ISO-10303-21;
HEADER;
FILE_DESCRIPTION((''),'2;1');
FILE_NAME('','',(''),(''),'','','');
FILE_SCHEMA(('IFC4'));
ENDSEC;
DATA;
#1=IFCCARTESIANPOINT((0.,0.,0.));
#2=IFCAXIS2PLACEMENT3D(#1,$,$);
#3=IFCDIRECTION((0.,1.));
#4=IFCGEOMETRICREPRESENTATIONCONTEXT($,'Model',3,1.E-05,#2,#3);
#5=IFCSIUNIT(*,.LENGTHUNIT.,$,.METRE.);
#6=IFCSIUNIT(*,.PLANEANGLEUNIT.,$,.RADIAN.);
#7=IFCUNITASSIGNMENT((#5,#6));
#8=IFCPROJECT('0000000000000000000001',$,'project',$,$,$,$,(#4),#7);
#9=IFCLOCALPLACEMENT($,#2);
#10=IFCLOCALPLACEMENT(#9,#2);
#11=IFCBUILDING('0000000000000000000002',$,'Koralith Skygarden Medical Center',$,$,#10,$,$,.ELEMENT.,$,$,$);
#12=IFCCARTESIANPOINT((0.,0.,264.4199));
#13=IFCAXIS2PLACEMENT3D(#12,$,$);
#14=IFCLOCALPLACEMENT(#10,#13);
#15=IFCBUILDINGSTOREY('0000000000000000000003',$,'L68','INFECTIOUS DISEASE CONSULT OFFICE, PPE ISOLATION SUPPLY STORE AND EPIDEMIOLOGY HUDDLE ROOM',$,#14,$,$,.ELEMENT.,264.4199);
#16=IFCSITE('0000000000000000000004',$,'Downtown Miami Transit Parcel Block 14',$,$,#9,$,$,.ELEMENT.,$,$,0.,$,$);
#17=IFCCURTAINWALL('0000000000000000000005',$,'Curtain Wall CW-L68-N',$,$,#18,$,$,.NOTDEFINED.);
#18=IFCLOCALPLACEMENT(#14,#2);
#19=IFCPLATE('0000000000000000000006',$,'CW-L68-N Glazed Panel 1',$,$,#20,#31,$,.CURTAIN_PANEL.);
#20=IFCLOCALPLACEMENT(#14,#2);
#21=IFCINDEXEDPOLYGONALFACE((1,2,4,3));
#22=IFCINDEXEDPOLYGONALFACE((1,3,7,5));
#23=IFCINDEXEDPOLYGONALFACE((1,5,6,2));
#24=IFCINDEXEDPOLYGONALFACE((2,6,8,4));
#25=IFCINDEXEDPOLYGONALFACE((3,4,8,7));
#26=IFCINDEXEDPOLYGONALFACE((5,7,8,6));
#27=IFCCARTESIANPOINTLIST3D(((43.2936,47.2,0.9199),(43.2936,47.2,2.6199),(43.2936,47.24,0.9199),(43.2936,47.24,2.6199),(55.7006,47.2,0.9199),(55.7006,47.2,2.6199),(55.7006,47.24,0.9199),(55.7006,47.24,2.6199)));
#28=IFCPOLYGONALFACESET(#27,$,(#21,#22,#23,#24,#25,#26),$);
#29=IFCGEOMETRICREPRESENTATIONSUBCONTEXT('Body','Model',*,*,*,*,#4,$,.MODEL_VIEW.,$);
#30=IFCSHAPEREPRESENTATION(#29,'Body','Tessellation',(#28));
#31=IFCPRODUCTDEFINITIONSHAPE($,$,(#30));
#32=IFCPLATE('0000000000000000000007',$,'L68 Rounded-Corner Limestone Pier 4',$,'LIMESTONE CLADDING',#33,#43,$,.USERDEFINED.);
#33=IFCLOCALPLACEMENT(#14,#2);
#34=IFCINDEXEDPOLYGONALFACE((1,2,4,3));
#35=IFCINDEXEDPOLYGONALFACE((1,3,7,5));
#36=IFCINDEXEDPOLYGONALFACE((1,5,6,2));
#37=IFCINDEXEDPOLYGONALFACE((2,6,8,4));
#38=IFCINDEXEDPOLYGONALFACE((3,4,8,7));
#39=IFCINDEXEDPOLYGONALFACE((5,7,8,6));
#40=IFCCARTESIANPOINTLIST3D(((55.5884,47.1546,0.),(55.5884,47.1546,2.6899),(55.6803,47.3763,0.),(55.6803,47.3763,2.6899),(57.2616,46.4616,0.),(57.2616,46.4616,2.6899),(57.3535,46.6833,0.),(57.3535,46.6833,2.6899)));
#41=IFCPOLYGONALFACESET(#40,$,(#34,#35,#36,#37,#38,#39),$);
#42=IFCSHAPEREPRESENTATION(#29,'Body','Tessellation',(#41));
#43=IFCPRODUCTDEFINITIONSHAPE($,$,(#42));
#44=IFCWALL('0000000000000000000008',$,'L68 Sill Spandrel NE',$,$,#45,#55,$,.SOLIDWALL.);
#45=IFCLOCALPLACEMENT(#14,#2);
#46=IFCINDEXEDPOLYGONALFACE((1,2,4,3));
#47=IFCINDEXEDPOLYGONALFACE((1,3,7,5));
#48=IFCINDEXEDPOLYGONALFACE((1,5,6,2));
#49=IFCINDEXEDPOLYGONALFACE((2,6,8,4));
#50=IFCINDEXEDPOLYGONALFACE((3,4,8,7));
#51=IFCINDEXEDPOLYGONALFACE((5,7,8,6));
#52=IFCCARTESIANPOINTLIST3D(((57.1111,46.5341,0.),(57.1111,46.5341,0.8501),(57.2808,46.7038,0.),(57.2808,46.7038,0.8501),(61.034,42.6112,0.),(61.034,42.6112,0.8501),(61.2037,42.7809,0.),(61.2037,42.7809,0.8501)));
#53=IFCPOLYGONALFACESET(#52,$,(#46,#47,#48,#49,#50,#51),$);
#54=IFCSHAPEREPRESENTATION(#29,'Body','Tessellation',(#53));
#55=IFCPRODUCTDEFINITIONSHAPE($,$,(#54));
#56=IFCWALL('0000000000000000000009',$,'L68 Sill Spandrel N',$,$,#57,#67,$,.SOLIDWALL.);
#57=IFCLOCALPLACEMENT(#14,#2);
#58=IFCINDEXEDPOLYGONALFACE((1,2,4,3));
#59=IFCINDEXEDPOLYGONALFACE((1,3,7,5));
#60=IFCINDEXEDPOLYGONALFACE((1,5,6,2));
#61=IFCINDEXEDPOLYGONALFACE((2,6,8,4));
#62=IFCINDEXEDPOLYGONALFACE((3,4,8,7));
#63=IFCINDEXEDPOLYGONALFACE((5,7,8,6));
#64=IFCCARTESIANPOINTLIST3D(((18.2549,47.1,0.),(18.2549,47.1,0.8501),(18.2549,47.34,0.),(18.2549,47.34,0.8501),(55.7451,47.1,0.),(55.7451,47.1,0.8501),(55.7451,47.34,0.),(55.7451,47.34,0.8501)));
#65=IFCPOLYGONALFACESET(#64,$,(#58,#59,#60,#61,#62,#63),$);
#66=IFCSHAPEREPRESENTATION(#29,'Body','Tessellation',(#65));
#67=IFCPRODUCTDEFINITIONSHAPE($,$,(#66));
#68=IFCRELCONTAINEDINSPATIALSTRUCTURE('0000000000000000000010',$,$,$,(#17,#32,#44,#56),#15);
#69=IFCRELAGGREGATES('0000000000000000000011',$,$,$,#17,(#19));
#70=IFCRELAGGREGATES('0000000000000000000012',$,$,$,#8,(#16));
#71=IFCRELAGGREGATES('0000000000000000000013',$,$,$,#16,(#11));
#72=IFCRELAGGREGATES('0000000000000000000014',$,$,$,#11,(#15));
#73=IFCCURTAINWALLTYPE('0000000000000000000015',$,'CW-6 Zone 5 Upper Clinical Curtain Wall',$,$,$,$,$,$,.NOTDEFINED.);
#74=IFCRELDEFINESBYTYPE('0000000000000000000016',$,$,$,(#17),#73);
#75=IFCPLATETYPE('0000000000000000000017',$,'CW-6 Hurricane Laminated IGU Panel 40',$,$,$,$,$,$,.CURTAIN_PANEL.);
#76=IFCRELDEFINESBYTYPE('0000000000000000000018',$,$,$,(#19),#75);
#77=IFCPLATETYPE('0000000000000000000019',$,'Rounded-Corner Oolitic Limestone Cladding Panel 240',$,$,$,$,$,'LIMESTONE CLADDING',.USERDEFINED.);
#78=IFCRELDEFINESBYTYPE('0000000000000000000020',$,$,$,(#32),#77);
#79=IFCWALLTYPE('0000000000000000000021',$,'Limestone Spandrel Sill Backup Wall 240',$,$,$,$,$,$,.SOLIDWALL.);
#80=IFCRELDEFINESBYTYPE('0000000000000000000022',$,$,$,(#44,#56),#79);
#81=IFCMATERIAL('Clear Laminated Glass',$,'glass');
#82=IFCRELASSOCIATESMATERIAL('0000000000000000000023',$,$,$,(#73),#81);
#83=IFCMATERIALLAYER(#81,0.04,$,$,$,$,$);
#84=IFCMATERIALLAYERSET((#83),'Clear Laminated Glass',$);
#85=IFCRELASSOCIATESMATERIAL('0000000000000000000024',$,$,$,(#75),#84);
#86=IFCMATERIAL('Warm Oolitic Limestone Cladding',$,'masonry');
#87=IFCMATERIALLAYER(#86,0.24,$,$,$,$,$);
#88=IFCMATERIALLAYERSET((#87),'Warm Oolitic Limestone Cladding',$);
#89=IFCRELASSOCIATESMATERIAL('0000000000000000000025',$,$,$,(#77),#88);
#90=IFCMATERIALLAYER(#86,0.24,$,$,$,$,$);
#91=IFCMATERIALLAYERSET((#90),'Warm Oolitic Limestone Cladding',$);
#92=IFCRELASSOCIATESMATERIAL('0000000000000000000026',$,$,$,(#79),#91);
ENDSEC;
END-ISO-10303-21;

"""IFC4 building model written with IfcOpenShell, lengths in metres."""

from ifc_helpers import new_model, si_unit, direction, frame, frame_2d, origin, origin_2d, place, context, subcontext, project, spatial, rectangle, extrude, material, layer, layer_set, type_object, element, aggregate, save


model = new_model("IFC4")

# Units and contexts
model_context = context("Model", 3, precision=1e-05, world=origin(), true_north=direction((0.0, 1.0)))
body_context = subcontext(model_context, "Body", "Model", "MODEL_VIEW")
ifc_project = project(units=[si_unit("LENGTHUNIT", "METRE"), si_unit("PLANEANGLEUNIT", "RADIAN")], contexts=[model_context])

# Site, building, storey
site_placement = place(None, origin())
site = spatial("IfcSite", under=ifc_project, at=site_placement, Name="Downtown Miami Transit Parcel Block 14", CompositionType="ELEMENT", RefElevation=0.0)
building_placement = place(site_placement, origin())
building = spatial("IfcBuilding", under=site, at=building_placement, Name="Koralith Skygarden Medical Center", CompositionType="ELEMENT")
storey_placement = place(building_placement, frame((0.0, 0.0, 264.4199)))
storey = spatial("IfcBuildingStorey", under=building, at=storey_placement, Name="L68", Description="INFECTIOUS DISEASE CONSULT OFFICE, PPE ISOLATION SUPPLY STORE AND EPIDEMIOLOGY HUDDLE ROOM", CompositionType="ELEMENT", Elevation=264.4199)

# Shared definitions
ifc_material_1 = material(Name="Clear Laminated Glass", Category="glass")
curtain_wall_type = type_object("IfcCurtainWallType", Name="CW-6 Zone 5 Upper Clinical Curtain Wall", PredefinedType="NOTDEFINED", material=ifc_material_1)

# Curtain wall
curtain_wall_1_placement = place(storey_placement, origin())
curtain_wall_1 = element("IfcCurtainWall", 1, at=curtain_wall_1_placement, inside=storey, type_object=curtain_wall_type, Name="Curtain Wall CW-L68-N", PredefinedType="NOTDEFINED")

# Plates
ifc_layer_1 = layer(ifc_material_1, 0.04)
ifc_layer_set_1 = layer_set([ifc_layer_1], Name="Clear Laminated Glass")
plate_type_1 = type_object("IfcPlateType", Name="CW-6 Hurricane Laminated IGU Panel 40", PredefinedType="CURTAIN_PANEL", material=ifc_layer_set_1)
plate_1_placement = place(storey_placement, frame((49.4971, 47.22, 0.9199), z_axis=(0.0, 0.0, 1.0), x_axis=(-1.0, 0.0, 0.0)))
plate_1 = element("IfcPlate", 2, at=plate_1_placement, type_object=plate_type_1, Name="CW-L68-N Glazed Panel 1", PredefinedType="CURTAIN_PANEL", context=body_context, shape_type="SweptSolid", body=[
    extrude(rectangle(XDim=12.407, YDim=0.04, at=origin_2d()), origin(), (0.0, 0.0, 1.0), 1.7),
])
aggregate(curtain_wall_1, [plate_1])
ifc_material_2 = material(Name="Warm Oolitic Limestone Cladding", Category="masonry")
ifc_layer_2 = layer(ifc_material_2, 0.24)
ifc_layer_set_2 = layer_set([ifc_layer_2], Name="Warm Oolitic Limestone Cladding")
plate_type_2 = type_object("IfcPlateType", Name="Rounded-Corner Oolitic Limestone Cladding Panel 240", ElementType="LIMESTONE CLADDING", PredefinedType="USERDEFINED", material=ifc_layer_set_2)
plate_2_placement = place(storey_placement, frame((56.4709, 46.9189, 0.0), z_axis=(0.0, 0.0, 1.0), x_axis=(-0.923885, 0.382671, 0.0)))
element("IfcPlate", 3, at=plate_2_placement, inside=storey, type_object=plate_type_2, Name="L68 Rounded-Corner Limestone Pier 4", ObjectType="LIMESTONE CLADDING", PredefinedType="USERDEFINED", context=body_context, shape_type="SweptSolid", body=[
    extrude(rectangle(XDim=1.811, YDim=0.24, at=origin_2d()), origin(), (0.0, 0.0, 1.0), 2.6899),
])

# Walls
ifc_layer_3 = layer(ifc_material_2, 0.24)
ifc_layer_set_3 = layer_set([ifc_layer_3], Name="Warm Oolitic Limestone Cladding")
wall_type = type_object("IfcWallType", Name="Limestone Spandrel Sill Backup Wall 240", PredefinedType="SOLIDWALL", material=ifc_layer_set_3)
wall_1_placement = place(storey_placement, frame((61.1189, 42.696, 0.0), z_axis=(0.0, 0.0, 1.0), x_axis=(-0.707107, 0.707107, 0.0)))
element("IfcWall", 4, at=wall_1_placement, inside=storey, type_object=wall_type, Name="L68 Sill Spandrel NE", PredefinedType="SOLIDWALL", context=body_context, shape_type="SweptSolid", body=[
    extrude(rectangle(XDim=5.5479, YDim=0.24, at=frame_2d((2.7739, 0.0))), origin(), (0.0, 0.0, 1.0), 0.8501),
])
wall_2_placement = place(storey_placement, frame((55.7451, 47.22, 0.0), z_axis=(0.0, 0.0, 1.0), x_axis=(-1.0, 0.0, 0.0)))
element("IfcWall", 5, at=wall_2_placement, inside=storey, type_object=wall_type, Name="L68 Sill Spandrel N", PredefinedType="SOLIDWALL", context=body_context, shape_type="SweptSolid", body=[
    extrude(rectangle(XDim=37.4902, YDim=0.24, at=frame_2d((18.7451, 0.0))), origin(), (0.0, 0.0, 1.0), 0.8501),
])

save(model, "model.ifc")
